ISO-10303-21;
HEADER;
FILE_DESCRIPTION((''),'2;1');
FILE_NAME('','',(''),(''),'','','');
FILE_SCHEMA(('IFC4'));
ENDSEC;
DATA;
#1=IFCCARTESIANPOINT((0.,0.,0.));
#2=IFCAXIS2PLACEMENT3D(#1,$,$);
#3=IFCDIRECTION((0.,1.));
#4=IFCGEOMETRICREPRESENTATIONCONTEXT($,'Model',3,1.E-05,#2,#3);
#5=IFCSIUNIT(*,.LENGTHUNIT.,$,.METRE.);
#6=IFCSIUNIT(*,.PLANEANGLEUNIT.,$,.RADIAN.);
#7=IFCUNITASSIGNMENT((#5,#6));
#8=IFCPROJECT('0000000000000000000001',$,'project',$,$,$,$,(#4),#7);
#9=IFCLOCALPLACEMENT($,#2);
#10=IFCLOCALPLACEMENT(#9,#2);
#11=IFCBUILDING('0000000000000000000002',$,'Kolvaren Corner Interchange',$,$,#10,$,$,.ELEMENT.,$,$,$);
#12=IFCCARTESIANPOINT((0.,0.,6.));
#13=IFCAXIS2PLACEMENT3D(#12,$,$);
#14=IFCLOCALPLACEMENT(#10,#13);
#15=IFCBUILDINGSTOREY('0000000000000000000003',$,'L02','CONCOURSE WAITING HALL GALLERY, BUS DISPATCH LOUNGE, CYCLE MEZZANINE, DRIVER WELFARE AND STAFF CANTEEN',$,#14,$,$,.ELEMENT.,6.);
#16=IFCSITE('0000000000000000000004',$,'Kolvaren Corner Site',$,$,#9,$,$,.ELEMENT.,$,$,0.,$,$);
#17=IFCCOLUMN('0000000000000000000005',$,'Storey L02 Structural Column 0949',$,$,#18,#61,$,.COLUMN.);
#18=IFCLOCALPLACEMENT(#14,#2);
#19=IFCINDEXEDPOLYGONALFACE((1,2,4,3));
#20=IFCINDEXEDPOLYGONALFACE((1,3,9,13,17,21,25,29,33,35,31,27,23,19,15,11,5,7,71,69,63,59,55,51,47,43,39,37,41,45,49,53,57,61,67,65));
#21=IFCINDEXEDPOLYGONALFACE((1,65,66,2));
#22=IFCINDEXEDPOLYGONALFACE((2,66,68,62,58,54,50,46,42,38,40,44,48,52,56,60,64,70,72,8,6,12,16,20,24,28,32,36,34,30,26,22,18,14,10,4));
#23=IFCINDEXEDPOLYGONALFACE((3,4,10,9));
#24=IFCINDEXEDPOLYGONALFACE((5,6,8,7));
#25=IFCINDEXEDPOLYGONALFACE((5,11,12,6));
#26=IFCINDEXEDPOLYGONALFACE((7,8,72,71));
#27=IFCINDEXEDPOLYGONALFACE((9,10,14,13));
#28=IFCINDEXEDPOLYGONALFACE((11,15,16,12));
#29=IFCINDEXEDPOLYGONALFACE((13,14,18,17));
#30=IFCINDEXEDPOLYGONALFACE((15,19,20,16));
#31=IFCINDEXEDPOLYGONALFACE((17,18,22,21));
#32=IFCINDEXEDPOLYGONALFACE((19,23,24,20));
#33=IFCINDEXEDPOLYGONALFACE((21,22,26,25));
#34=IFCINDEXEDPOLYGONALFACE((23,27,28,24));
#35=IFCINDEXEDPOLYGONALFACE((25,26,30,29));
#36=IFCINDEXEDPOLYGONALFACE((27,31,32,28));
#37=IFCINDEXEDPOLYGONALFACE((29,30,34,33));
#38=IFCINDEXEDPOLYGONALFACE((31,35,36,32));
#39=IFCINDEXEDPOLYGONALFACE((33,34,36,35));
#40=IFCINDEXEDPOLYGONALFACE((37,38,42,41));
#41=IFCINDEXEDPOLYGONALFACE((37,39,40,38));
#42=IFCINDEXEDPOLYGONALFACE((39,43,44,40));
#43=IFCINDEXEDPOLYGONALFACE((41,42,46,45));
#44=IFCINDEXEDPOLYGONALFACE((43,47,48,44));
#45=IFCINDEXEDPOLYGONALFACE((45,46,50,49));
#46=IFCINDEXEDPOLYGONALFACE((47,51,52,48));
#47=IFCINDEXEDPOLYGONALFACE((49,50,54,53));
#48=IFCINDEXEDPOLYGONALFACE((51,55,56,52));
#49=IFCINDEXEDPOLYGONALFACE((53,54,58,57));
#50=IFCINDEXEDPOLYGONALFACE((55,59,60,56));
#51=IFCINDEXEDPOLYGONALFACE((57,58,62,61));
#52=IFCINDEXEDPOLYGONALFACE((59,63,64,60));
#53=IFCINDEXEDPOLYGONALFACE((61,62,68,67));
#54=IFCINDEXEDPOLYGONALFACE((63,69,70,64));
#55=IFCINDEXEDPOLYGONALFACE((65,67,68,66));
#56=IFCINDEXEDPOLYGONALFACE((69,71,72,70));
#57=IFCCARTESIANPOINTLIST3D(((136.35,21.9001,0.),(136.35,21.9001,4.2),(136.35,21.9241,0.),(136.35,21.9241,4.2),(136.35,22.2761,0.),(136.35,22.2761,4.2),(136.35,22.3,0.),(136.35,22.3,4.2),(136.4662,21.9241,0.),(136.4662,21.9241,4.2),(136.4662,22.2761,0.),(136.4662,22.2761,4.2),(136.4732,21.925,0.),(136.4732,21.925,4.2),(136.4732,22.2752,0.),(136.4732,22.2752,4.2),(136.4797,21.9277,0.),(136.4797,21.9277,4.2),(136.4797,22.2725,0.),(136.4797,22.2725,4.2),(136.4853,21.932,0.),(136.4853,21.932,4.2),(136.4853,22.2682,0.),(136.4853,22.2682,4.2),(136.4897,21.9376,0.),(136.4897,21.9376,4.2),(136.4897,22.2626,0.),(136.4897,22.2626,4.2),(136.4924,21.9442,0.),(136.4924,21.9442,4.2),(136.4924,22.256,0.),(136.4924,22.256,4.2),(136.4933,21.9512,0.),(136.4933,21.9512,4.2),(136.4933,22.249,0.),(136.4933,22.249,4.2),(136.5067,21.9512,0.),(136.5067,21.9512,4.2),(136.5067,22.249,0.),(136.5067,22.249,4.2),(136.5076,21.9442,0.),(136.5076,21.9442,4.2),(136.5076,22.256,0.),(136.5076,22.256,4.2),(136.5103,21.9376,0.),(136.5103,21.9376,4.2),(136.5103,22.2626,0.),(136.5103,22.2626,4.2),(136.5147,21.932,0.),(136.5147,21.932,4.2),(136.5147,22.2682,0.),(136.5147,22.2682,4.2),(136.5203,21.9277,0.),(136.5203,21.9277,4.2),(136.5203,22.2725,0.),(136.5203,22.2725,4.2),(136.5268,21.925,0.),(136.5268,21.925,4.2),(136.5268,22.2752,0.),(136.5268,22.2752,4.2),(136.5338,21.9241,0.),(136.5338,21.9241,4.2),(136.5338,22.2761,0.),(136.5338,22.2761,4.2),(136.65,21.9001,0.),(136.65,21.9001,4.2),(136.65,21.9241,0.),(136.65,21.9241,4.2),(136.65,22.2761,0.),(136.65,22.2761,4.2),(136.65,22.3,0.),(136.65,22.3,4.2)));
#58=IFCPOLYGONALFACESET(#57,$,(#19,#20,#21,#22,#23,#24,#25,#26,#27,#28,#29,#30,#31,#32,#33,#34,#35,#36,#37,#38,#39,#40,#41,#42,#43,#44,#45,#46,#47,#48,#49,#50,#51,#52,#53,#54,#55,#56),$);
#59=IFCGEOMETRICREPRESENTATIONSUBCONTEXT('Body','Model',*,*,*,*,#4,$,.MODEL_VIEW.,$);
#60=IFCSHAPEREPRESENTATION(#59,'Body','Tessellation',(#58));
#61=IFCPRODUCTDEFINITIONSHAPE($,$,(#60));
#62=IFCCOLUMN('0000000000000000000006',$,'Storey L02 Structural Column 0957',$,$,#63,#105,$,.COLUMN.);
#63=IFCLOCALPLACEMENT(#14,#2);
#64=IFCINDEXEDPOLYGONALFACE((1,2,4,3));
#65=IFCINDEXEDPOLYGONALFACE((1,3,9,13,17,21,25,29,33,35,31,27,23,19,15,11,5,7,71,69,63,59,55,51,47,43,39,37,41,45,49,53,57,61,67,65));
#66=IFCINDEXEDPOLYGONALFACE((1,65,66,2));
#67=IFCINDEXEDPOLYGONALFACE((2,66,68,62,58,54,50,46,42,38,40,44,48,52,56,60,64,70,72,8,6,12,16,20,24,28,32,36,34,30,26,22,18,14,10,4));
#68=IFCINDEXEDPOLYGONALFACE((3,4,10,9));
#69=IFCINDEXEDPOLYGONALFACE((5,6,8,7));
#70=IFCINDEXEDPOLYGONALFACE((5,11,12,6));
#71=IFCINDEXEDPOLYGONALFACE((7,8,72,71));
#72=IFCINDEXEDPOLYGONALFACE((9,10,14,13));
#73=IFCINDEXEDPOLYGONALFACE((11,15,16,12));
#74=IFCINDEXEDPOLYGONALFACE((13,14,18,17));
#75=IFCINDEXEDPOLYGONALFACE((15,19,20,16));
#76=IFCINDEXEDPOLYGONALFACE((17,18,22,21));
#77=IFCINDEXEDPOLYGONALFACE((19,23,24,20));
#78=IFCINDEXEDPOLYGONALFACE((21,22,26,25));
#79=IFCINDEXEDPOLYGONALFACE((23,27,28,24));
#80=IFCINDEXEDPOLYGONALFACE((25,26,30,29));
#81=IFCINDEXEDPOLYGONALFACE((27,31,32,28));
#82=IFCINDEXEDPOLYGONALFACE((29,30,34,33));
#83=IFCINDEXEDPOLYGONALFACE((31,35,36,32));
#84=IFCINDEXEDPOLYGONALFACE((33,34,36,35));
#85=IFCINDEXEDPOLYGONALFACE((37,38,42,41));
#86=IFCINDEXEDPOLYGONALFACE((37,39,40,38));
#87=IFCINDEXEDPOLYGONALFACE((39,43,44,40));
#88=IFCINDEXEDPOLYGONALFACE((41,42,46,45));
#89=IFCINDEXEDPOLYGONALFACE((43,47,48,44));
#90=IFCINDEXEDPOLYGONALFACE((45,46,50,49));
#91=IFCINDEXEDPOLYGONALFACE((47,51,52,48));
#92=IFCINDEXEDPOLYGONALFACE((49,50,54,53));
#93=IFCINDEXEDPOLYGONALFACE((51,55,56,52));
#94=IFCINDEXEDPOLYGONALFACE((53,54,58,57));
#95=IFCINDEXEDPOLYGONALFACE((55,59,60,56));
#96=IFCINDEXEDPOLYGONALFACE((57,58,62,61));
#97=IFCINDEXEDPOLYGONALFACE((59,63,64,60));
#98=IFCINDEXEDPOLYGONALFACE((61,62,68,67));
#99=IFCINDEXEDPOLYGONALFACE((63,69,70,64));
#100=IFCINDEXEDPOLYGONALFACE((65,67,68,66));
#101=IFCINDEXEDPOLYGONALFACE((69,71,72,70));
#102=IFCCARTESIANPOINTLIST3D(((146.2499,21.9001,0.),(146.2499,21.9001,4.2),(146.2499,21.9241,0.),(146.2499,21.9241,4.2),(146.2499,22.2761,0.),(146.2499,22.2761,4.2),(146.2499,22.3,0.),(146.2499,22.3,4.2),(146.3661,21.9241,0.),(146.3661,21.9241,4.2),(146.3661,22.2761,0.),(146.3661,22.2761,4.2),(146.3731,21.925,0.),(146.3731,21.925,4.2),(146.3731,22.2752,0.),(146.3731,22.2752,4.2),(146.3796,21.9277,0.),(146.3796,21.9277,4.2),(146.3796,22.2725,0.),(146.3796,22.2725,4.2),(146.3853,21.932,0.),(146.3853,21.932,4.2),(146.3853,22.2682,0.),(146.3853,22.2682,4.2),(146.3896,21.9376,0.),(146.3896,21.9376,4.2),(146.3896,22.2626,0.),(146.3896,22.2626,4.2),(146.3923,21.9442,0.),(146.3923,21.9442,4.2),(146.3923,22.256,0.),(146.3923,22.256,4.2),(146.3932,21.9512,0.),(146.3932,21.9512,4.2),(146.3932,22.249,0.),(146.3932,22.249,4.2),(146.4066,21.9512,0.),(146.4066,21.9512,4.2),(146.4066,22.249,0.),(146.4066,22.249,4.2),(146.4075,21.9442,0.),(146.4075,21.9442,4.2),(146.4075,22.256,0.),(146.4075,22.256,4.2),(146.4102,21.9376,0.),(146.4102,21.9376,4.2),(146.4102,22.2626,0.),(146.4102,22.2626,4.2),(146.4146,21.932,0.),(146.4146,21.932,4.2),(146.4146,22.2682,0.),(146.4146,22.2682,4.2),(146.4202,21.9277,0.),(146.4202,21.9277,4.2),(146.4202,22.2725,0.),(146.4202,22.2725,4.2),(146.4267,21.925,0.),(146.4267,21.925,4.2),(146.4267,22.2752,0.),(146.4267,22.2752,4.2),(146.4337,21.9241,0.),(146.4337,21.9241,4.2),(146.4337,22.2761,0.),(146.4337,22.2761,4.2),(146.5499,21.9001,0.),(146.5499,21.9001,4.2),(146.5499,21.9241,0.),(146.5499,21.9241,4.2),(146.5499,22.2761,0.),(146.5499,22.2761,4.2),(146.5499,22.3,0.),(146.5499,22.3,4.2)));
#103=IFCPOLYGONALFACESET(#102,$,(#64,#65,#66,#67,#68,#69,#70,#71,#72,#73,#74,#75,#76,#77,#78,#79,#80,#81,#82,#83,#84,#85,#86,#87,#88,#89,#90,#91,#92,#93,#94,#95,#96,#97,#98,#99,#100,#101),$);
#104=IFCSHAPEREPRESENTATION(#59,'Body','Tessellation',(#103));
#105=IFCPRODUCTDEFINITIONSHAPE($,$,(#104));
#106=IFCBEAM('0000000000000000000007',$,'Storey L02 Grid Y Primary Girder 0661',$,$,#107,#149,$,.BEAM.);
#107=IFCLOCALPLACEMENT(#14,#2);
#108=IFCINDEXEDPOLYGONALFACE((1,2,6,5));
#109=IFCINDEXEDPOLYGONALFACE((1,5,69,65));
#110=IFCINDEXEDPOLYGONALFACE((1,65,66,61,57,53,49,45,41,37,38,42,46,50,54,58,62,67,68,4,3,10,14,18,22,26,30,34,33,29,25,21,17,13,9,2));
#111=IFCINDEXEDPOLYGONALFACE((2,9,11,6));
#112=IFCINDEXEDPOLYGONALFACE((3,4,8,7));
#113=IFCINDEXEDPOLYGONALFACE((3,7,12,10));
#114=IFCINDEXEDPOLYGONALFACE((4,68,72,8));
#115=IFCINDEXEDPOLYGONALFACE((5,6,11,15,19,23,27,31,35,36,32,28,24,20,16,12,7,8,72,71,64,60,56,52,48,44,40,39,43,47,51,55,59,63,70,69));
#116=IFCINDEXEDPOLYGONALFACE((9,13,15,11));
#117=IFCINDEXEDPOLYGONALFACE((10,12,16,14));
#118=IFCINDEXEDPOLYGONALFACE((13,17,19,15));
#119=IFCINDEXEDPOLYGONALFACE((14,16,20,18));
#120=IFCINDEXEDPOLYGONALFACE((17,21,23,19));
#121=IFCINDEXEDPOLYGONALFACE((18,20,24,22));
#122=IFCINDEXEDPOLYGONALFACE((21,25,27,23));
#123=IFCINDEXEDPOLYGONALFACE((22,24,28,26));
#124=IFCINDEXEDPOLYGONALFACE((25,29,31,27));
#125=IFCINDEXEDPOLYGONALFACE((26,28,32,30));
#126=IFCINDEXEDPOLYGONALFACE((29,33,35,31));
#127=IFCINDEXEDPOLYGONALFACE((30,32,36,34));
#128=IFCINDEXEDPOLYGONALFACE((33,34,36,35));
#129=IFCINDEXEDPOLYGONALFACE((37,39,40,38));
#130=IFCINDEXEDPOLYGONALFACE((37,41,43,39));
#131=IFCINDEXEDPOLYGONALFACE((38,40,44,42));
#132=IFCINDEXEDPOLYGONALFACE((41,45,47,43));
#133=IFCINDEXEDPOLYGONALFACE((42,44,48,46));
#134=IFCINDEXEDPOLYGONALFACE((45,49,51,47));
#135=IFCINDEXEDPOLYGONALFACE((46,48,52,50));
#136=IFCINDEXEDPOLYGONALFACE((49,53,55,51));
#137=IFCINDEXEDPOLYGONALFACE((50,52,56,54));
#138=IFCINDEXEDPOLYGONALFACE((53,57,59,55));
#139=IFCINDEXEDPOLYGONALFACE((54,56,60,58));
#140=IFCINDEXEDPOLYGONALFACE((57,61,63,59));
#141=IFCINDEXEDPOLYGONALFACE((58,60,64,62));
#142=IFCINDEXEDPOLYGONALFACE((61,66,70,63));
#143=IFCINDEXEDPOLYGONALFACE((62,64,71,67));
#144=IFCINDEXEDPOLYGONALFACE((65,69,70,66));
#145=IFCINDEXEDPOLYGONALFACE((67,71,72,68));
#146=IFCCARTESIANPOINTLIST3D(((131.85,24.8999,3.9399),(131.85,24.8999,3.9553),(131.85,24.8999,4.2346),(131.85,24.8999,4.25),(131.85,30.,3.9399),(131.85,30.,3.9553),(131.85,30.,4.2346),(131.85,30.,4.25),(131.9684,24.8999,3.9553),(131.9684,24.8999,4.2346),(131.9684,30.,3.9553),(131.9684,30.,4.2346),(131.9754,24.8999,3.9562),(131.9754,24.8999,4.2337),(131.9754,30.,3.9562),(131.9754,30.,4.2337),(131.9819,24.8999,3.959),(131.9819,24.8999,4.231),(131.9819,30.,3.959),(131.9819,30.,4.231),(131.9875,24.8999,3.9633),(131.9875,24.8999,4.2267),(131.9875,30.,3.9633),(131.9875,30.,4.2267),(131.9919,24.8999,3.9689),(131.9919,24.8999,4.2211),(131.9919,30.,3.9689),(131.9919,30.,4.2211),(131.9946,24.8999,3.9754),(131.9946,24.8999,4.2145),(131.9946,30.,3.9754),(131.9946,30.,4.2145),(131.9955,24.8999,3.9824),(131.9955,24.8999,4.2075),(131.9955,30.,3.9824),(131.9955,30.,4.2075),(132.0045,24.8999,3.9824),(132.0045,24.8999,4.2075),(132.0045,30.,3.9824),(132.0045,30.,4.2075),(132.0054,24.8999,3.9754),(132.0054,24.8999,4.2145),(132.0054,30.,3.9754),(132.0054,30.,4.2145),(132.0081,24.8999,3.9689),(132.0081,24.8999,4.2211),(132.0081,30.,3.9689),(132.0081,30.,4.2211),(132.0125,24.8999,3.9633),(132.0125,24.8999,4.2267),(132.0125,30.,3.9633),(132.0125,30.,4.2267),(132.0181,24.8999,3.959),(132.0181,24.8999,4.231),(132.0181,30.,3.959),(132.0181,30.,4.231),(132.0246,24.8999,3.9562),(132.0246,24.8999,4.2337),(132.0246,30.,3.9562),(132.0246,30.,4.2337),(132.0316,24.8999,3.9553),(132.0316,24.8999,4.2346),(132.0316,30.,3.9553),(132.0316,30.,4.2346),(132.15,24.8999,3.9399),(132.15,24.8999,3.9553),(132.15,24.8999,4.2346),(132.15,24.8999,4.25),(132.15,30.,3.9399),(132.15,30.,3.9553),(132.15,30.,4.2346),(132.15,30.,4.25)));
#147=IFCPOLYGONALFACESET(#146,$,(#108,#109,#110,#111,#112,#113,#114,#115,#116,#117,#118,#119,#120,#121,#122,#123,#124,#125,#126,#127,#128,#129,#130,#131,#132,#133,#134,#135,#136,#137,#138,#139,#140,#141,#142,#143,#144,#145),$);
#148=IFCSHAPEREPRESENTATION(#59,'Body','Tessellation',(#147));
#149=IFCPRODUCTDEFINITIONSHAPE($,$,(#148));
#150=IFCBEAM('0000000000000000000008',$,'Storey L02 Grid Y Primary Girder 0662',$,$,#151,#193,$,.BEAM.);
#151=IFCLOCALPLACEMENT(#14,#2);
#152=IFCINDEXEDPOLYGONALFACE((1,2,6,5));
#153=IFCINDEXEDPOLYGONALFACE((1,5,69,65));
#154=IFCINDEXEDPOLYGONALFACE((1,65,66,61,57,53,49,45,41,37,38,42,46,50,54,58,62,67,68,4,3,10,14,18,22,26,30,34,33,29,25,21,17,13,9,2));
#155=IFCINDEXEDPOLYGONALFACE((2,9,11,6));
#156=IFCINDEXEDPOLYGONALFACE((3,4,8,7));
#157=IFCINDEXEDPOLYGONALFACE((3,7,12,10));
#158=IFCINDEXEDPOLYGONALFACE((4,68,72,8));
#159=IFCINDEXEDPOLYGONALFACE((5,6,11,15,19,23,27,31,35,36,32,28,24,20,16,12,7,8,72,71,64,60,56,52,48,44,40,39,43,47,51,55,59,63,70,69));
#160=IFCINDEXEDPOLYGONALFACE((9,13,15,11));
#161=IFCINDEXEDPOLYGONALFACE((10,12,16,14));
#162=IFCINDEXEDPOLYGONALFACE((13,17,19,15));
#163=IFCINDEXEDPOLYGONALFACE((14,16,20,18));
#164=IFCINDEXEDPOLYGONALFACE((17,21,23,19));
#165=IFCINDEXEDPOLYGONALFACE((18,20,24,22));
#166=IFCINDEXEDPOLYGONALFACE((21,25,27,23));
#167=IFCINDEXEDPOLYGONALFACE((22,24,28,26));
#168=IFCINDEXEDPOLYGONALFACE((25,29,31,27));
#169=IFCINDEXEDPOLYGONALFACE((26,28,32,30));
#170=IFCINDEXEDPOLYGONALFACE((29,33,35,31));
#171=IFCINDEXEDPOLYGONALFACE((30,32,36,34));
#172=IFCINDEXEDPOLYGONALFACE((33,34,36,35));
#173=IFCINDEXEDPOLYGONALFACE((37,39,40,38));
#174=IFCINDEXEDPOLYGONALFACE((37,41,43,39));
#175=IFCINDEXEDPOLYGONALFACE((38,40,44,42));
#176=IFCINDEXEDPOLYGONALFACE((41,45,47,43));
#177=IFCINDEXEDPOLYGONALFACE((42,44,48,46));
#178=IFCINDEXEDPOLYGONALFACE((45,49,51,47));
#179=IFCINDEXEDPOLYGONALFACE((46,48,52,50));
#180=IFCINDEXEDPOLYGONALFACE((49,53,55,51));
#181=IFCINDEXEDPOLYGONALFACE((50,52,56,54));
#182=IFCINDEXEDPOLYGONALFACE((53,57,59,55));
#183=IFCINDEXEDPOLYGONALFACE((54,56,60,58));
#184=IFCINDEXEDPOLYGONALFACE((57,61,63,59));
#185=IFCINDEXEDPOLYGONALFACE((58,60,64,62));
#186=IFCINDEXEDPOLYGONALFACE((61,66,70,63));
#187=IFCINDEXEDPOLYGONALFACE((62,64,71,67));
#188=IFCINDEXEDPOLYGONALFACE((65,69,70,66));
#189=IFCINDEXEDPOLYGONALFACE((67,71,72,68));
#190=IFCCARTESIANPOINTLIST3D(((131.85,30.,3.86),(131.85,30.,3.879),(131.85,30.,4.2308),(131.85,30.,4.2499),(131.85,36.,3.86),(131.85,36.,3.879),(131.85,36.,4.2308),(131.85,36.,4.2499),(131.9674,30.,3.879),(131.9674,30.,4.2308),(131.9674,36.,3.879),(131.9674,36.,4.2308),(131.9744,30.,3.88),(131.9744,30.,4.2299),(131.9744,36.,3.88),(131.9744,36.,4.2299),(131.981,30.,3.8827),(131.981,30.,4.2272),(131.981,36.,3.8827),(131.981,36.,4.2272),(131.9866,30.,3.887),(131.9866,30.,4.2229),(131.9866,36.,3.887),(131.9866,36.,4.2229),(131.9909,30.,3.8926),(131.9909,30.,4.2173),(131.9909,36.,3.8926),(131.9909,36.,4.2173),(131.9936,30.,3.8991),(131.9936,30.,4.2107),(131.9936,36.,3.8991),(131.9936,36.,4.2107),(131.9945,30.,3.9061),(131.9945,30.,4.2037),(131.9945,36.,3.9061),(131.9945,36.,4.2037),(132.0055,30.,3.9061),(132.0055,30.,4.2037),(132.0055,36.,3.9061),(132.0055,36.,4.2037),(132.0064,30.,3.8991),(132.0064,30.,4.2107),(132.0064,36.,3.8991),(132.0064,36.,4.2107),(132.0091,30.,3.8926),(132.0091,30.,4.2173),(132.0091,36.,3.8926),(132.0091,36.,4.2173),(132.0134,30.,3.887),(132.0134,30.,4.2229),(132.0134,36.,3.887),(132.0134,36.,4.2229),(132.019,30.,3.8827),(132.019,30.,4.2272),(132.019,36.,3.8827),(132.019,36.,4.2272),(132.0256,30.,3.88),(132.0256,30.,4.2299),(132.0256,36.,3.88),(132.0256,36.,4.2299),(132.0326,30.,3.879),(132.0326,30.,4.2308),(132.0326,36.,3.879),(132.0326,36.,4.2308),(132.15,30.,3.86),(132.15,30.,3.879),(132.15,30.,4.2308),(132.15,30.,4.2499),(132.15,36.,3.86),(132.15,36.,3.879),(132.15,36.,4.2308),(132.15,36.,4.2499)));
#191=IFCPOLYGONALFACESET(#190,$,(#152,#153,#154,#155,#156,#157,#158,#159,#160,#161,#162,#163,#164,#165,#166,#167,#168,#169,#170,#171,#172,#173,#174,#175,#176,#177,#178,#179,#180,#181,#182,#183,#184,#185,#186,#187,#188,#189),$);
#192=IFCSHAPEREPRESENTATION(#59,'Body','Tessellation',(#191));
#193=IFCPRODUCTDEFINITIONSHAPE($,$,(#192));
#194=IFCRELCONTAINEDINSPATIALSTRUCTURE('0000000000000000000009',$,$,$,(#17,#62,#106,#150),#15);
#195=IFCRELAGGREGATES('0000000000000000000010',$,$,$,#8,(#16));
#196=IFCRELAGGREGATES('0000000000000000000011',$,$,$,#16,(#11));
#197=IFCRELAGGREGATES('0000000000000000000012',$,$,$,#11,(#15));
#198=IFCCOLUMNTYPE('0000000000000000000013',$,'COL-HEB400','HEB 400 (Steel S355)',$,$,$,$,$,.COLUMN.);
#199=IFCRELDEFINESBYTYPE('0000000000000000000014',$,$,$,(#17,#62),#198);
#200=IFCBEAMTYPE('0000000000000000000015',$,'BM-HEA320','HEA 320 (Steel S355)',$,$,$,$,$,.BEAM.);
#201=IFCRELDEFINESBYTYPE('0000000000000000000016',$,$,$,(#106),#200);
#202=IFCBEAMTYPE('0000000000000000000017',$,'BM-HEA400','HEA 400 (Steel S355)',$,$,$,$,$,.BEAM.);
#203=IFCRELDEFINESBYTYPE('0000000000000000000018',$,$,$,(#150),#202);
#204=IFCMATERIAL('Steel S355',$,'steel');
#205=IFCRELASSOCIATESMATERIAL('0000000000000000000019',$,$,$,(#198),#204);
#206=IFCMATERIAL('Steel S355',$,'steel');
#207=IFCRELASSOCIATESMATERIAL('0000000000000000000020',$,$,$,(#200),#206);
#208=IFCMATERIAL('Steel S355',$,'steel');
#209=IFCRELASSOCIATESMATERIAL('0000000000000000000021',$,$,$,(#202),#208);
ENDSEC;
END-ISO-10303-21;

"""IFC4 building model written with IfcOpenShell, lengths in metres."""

from ifc_helpers import new_model, si_unit, direction, frame, origin, origin_2d, place, context, subcontext, project, spatial, i_section, extrude, material, material_profile, profile_set, type_object, element, save


model = new_model("IFC4")

# Units and contexts
model_context = context("Model", 3, precision=1e-05, world=origin(), true_north=direction((0.0, 1.0)))
body_context = subcontext(model_context, "Body", "Model", "MODEL_VIEW")
ifc_project = project(units=[si_unit("LENGTHUNIT", "METRE"), si_unit("PLANEANGLEUNIT", "RADIAN")], contexts=[model_context])

# Site, building, storey
site_placement = place(None, origin())
site = spatial("IfcSite", under=ifc_project, at=site_placement, Name="Kolvaren Corner Site", CompositionType="ELEMENT", RefElevation=0.0)
building_placement = place(site_placement, origin())
building = spatial("IfcBuilding", under=site, at=building_placement, Name="Kolvaren Corner Interchange", CompositionType="ELEMENT")
storey_placement = place(building_placement, frame((0.0, 0.0, 6.0)))
storey = spatial("IfcBuildingStorey", under=building, at=storey_placement, Name="L02", Description="CONCOURSE WAITING HALL GALLERY, BUS DISPATCH LOUNGE, CYCLE MEZZANINE, DRIVER WELFARE AND STAFF CANTEEN", CompositionType="ELEMENT", Elevation=6.0)

# Columns
ifc_material_1 = material(Name="Steel S355", Category="steel")
ifc_material_profile_1 = material_profile(ifc_material_1, i_section(OverallWidth=0.3, OverallDepth=0.3999, WebThickness=0.0134, FlangeThickness=0.0239, FilletRadius=0.0271, at=origin_2d()), Name="HEB 400")
ifc_profile_set_1 = profile_set([ifc_material_profile_1], Name="Steel S355")
column_type_1 = type_object("IfcColumnType", Name="COL-HEB400", Description="HEB 400 (Steel S355)", PredefinedType="COLUMN", material=ifc_profile_set_1)
for number, where, z_axis, x_axis, name in (
    (1, (136.5, 22.1001, 0.0), (0.0, 0.0, 1.0), (1.0, 0.0, 0.0), "Storey L02 Structural Column 0949"),
    (2, (146.3999, 22.1001, 0.0), (0.0, 0.0, 1.0), (1.0, 0.0, 0.0), "Storey L02 Structural Column 0957"),
):
    element("IfcColumn", number, at=place(storey_placement, frame(where, z_axis=z_axis, x_axis=x_axis)), inside=storey, type_object=column_type_1, Name=name, PredefinedType="COLUMN", context=body_context, shape_type="SweptSolid", body=[
        extrude(i_section(OverallWidth=0.3, OverallDepth=0.3999, WebThickness=0.0134, FlangeThickness=0.0239, FilletRadius=0.0271, at=origin_2d()), origin(), (0.0, 0.0, 1.0), 4.2),
    ])

# Beams
ifc_material_2 = material(Name="Steel S355", Category="steel")
ifc_material_profile_2 = material_profile(ifc_material_2, i_section(OverallWidth=0.3, OverallDepth=0.3101, WebThickness=0.009, FlangeThickness=0.0154, FilletRadius=0.0271, at=origin_2d()), Name="HEA 320")
ifc_profile_set_2 = profile_set([ifc_material_profile_2], Name="Steel S355")
beam_type_1 = type_object("IfcBeamType", Name="BM-HEA320", Description="HEA 320 (Steel S355)", PredefinedType="BEAM", material=ifc_profile_set_2)
beam_1_placement = place(storey_placement, frame((132.0, 24.8999, 4.095), z_axis=(0.0, 1.0, 0.0), x_axis=(-1.0, 0.0, 0.0)))
element("IfcBeam", 3, at=beam_1_placement, inside=storey, type_object=beam_type_1, Name="Storey L02 Grid Y Primary Girder 0661", PredefinedType="BEAM", context=body_context, shape_type="SweptSolid", body=[
    extrude(i_section(OverallWidth=0.3, OverallDepth=0.3101, WebThickness=0.009, FlangeThickness=0.0154, FilletRadius=0.0271, at=origin_2d()), origin(), (0.0, 0.0, 1.0), 5.1001),
])
ifc_material_3 = material(Name="Steel S355", Category="steel")
ifc_material_profile_3 = material_profile(ifc_material_3, i_section(OverallWidth=0.3, OverallDepth=0.3899, WebThickness=0.011, FlangeThickness=0.019, FilletRadius=0.0271, at=origin_2d()), Name="HEA 400")
ifc_profile_set_3 = profile_set([ifc_material_profile_3], Name="Steel S355")
beam_type_2 = type_object("IfcBeamType", Name="BM-HEA400", Description="HEA 400 (Steel S355)", PredefinedType="BEAM", material=ifc_profile_set_3)
beam_2_placement = place(storey_placement, frame((132.0, 30.0, 4.0549), z_axis=(0.0, 1.0, 0.0), x_axis=(-1.0, 0.0, 0.0)))
element("IfcBeam", 4, at=beam_2_placement, inside=storey, type_object=beam_type_2, Name="Storey L02 Grid Y Primary Girder 0662", PredefinedType="BEAM", context=body_context, shape_type="SweptSolid", body=[
    extrude(i_section(OverallWidth=0.3, OverallDepth=0.3899, WebThickness=0.011, FlangeThickness=0.019, FilletRadius=0.0271, at=origin_2d()), origin(), (0.0, 0.0, 1.0), 6.0),
])

save(model, "model.ifc")
